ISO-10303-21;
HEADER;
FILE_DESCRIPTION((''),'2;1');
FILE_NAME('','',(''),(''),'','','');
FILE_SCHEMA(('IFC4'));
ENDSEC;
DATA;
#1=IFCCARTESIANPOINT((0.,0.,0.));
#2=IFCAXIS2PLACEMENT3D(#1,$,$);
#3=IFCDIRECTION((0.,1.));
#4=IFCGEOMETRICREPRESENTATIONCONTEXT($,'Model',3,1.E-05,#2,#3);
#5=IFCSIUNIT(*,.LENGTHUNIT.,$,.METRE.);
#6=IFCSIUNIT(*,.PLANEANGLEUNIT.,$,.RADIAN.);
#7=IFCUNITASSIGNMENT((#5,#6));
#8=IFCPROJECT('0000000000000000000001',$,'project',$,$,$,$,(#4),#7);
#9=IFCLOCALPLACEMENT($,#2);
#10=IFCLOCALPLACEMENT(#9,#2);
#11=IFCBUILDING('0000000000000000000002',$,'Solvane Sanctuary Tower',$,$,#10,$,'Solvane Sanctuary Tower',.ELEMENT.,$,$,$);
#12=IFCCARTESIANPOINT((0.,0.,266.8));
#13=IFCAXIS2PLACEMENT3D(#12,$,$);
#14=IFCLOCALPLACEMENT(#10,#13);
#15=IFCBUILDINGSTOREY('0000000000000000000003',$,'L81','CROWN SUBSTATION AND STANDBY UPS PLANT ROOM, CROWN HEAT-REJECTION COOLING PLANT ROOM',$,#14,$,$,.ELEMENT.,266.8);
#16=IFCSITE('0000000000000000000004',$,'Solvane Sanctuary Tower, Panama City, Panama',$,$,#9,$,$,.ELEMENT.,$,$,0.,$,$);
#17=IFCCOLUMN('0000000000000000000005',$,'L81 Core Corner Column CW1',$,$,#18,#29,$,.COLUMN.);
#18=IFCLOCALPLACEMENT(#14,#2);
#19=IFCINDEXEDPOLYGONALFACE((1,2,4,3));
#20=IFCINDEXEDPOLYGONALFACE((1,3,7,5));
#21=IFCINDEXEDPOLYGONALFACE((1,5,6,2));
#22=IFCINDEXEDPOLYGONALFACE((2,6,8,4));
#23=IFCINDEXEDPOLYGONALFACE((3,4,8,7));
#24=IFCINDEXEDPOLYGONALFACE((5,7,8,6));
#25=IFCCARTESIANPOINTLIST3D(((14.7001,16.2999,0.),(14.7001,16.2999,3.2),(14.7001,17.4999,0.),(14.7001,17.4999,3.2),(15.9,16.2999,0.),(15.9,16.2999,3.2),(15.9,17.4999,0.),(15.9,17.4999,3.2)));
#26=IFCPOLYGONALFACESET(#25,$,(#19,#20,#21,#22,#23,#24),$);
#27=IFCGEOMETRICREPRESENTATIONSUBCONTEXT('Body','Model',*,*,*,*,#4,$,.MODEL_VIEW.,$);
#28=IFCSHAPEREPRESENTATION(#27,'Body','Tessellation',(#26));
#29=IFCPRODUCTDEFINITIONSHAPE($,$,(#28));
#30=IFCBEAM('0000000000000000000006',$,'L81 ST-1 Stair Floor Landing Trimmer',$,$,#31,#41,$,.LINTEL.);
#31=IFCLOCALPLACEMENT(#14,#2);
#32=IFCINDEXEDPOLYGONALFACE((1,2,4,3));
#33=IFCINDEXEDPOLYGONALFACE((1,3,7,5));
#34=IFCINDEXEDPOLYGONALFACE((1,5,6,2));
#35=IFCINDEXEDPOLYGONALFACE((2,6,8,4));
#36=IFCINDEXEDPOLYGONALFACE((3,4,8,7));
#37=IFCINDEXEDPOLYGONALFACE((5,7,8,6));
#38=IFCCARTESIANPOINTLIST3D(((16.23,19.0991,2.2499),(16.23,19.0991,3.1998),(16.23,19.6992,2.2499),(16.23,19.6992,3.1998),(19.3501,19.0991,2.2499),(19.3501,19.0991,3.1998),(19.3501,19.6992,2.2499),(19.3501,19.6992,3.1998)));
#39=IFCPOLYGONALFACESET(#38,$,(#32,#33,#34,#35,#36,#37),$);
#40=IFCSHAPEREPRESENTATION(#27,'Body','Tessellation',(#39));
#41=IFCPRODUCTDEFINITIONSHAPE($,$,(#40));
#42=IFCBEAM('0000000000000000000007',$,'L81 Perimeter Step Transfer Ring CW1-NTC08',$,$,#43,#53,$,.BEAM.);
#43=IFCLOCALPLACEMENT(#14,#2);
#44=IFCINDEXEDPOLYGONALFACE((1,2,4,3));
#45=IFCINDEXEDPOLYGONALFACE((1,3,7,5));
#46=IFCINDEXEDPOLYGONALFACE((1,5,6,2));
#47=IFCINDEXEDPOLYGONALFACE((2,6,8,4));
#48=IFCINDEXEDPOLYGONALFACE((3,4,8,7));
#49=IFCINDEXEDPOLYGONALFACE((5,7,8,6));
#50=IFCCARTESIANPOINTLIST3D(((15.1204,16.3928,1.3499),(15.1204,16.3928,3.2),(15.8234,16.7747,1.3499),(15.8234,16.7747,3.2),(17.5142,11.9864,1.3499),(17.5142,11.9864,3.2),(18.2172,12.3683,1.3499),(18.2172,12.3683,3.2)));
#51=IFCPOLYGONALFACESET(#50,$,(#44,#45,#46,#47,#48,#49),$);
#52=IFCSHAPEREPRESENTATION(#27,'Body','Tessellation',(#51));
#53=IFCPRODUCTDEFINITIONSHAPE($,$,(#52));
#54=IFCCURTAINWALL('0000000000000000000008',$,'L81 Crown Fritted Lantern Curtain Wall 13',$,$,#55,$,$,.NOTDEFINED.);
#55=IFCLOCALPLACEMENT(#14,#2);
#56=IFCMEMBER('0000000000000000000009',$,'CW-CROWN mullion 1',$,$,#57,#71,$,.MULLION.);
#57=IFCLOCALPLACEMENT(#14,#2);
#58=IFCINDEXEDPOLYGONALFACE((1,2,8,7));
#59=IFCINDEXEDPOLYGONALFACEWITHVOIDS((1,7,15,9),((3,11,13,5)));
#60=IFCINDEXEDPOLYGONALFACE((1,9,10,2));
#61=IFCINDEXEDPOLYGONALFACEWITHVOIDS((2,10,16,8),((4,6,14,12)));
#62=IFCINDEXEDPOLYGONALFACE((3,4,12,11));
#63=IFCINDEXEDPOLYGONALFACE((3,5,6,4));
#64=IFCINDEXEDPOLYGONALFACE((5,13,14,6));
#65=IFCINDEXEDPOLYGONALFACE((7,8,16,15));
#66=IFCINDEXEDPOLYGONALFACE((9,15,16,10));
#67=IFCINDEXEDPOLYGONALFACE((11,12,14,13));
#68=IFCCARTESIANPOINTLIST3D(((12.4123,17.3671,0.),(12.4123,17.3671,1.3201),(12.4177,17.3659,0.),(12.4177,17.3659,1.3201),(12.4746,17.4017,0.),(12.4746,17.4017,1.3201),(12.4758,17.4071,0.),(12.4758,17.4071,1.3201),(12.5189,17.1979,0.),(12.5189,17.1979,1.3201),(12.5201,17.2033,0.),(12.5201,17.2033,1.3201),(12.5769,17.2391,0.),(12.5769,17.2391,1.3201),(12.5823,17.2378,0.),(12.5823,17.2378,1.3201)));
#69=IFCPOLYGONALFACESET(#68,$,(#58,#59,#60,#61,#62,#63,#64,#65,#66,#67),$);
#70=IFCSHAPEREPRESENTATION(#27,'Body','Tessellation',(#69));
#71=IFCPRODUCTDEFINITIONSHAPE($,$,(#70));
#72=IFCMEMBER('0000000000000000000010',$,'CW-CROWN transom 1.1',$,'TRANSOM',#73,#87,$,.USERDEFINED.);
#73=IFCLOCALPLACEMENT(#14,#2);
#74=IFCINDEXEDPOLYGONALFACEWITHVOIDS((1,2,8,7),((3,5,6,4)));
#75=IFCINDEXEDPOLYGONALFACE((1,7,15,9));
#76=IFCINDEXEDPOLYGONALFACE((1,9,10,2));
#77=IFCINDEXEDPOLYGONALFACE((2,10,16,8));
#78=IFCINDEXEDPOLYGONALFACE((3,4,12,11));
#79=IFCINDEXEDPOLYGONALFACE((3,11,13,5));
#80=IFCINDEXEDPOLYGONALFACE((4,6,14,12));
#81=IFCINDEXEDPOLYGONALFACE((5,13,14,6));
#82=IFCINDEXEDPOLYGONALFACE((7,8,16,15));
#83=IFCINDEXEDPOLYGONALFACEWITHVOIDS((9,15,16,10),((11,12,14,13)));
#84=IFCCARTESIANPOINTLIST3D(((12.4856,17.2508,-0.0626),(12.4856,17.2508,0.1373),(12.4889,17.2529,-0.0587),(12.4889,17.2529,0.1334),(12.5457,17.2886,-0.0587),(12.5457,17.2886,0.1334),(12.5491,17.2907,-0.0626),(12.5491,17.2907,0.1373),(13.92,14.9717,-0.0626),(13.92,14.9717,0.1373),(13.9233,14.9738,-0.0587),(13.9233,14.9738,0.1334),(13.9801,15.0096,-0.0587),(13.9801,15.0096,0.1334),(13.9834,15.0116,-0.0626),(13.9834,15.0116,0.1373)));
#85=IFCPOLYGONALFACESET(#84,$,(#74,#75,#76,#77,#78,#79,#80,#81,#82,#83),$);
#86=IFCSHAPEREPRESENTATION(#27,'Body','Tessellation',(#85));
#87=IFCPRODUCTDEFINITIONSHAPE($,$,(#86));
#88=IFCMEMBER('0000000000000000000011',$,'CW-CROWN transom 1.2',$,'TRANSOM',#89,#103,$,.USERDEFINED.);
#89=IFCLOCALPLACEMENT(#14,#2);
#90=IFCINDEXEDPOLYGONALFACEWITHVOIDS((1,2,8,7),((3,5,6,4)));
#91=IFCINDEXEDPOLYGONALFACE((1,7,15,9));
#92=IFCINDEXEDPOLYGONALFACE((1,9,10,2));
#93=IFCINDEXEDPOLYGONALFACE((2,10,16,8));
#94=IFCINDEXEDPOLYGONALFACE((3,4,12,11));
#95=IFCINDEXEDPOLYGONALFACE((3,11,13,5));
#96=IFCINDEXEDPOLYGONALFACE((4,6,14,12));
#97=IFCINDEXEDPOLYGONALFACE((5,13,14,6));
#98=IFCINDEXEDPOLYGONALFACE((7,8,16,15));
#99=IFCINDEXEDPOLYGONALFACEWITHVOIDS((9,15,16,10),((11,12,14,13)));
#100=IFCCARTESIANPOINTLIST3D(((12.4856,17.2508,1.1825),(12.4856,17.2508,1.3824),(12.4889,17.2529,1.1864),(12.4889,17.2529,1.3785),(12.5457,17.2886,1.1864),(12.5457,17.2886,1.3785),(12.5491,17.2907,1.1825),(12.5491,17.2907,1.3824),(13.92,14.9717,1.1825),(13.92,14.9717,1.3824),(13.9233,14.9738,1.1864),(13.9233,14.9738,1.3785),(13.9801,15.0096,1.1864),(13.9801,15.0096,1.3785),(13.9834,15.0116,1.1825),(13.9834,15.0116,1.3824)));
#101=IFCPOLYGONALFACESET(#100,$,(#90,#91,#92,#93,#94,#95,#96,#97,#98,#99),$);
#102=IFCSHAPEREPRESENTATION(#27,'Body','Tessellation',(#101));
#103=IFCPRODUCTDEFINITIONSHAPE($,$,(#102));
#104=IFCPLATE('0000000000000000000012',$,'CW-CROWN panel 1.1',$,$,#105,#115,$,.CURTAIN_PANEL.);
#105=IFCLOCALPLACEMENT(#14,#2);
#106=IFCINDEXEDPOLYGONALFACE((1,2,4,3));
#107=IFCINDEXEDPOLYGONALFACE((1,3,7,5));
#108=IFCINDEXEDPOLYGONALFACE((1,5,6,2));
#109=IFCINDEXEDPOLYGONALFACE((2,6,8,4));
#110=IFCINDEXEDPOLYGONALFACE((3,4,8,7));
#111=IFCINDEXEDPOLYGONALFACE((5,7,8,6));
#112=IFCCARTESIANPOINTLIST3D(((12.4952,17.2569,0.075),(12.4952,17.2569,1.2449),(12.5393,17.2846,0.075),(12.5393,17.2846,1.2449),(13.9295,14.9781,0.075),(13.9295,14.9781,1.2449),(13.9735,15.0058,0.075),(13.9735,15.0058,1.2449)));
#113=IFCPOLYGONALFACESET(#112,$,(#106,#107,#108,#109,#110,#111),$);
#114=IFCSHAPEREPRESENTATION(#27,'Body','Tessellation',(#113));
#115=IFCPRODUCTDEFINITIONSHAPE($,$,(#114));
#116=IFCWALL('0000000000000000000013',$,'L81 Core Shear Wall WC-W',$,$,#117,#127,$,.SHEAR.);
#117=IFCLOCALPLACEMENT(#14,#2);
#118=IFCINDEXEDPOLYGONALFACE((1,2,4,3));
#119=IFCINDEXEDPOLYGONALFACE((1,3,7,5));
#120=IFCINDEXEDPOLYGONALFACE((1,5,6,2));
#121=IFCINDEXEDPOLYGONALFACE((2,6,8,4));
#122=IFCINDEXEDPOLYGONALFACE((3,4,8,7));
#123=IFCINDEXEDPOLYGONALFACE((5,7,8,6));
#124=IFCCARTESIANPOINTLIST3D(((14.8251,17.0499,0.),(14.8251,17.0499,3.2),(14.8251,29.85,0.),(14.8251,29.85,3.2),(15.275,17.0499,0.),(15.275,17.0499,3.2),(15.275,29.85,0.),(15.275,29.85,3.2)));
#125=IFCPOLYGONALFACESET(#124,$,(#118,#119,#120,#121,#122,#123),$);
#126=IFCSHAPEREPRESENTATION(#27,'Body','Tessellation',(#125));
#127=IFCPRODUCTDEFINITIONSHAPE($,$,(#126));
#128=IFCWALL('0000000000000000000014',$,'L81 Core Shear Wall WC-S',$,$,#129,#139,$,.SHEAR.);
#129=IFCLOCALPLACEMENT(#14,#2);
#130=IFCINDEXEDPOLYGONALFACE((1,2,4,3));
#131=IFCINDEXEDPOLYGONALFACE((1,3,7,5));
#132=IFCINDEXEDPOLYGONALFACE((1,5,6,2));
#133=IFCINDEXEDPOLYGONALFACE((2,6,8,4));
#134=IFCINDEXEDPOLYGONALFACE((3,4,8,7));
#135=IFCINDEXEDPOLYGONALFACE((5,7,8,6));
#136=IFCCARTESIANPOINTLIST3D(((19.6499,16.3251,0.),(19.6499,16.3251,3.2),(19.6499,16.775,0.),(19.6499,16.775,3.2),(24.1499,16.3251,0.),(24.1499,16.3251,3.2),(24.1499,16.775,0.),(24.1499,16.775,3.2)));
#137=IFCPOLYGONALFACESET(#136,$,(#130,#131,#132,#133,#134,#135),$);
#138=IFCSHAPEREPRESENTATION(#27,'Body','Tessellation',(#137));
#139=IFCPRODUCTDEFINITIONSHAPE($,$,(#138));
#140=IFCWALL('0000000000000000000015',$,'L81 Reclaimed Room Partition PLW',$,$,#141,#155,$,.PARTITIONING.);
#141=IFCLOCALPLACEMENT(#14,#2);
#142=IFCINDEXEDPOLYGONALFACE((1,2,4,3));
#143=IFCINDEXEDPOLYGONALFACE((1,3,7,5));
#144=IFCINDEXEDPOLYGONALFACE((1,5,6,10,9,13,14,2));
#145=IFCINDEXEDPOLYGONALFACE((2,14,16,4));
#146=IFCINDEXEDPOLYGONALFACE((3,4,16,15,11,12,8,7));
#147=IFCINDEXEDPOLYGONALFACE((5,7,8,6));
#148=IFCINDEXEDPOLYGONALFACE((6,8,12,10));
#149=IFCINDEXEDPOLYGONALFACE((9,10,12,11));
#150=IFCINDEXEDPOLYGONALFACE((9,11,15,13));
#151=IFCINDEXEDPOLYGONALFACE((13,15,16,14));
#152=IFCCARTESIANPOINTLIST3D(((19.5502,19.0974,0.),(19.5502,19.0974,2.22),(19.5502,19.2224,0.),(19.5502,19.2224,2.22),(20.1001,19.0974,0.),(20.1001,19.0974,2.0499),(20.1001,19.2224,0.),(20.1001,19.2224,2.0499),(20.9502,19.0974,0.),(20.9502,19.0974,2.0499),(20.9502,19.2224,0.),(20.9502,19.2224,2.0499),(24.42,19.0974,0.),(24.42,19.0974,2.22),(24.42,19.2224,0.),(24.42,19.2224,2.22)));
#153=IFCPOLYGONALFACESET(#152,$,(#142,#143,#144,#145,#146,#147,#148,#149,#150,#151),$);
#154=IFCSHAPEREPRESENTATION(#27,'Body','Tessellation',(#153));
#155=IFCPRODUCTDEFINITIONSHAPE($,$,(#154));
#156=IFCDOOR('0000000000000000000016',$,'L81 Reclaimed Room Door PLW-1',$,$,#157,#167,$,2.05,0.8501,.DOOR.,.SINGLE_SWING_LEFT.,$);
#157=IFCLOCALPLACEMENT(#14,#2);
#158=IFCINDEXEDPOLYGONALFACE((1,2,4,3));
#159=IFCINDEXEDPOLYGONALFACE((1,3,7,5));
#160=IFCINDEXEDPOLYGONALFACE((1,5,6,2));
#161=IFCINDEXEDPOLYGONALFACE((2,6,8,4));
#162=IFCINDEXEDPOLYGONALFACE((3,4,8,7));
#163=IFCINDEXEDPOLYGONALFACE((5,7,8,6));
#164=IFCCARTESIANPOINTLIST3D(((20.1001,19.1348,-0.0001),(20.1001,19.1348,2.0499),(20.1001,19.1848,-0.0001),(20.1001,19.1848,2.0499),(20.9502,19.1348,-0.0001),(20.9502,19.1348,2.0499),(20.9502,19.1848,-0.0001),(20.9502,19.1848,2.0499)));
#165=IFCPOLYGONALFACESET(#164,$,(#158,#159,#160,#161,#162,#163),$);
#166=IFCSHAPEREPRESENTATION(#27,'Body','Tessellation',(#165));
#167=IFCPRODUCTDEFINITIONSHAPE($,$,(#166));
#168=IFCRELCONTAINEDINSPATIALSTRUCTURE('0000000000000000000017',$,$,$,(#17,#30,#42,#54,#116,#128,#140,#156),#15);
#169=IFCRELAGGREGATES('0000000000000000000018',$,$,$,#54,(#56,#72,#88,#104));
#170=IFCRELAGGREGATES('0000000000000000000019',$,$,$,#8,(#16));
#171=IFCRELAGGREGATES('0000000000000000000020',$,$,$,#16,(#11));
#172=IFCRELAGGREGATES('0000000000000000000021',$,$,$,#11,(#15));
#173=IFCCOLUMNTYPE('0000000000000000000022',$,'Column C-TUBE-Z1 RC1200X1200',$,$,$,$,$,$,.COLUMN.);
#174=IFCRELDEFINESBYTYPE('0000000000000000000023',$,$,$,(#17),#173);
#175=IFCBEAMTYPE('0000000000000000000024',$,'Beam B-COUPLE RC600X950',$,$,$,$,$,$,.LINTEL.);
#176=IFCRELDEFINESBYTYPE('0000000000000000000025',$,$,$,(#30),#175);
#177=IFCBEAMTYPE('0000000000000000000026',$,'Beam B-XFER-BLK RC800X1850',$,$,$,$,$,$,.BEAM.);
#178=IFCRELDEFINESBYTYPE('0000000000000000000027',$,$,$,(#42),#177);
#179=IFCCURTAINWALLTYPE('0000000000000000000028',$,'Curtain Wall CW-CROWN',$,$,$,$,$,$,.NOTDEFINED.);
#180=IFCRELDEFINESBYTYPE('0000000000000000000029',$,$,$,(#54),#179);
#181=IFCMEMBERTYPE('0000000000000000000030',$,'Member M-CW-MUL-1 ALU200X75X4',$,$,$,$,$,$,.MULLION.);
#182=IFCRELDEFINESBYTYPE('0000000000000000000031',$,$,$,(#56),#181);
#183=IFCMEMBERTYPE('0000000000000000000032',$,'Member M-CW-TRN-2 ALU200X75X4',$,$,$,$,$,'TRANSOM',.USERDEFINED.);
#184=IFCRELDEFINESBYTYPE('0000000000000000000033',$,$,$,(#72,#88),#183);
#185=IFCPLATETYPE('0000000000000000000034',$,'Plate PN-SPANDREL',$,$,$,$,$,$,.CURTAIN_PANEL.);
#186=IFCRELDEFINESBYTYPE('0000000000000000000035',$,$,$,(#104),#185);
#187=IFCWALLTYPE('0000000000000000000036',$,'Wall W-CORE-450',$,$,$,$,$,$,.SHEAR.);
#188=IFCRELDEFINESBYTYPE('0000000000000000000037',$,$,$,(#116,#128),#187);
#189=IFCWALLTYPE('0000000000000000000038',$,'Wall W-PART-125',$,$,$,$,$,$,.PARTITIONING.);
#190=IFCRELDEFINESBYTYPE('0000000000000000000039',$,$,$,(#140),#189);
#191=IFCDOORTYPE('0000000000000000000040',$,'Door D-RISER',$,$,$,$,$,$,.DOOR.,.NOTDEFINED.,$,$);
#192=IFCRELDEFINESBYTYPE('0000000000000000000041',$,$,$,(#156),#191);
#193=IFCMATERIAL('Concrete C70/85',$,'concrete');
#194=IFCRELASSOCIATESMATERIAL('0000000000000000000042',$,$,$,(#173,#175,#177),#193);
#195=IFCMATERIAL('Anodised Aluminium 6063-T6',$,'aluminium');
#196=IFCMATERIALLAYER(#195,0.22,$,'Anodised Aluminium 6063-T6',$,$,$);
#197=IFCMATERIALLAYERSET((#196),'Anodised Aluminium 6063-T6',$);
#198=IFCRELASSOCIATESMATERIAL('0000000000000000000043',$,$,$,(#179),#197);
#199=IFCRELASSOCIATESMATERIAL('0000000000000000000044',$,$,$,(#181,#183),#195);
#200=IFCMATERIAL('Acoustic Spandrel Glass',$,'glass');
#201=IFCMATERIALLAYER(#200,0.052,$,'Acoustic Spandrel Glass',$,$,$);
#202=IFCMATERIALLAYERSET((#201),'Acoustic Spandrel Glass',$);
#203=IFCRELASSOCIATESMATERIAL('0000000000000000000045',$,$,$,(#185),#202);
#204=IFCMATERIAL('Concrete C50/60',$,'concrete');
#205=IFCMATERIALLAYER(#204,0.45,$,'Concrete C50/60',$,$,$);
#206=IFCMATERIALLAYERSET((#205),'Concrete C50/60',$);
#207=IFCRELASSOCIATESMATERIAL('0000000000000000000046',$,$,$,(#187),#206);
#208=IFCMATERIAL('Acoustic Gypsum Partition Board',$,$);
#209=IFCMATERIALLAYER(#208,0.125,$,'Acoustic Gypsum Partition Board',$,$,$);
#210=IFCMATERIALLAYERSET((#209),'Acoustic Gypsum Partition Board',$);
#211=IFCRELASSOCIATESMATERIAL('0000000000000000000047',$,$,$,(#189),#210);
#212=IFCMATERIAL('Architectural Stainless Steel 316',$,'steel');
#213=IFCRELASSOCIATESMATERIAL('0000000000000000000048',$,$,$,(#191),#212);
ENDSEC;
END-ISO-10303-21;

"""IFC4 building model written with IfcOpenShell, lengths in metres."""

from ifc_helpers import new_model, si_unit, direction, frame, frame_2d, origin, origin_2d, place, context, subcontext, project, spatial, rectangle, hollow_rectangle, extrude, material, layer, layer_set, material_profile, profile_set, type_object, element, fill, aggregate, save


model = new_model("IFC4")

# Units and contexts
model_context = context("Model", 3, precision=1e-05, world=origin(), true_north=direction((0.0, 1.0)))
body_context = subcontext(model_context, "Body", "Model", "MODEL_VIEW")
ifc_project = project(units=[si_unit("LENGTHUNIT", "METRE"), si_unit("PLANEANGLEUNIT", "RADIAN")], contexts=[model_context])

# Site, building, storey
site_placement = place(None, origin())
site = spatial("IfcSite", under=ifc_project, at=site_placement, Name="Solvane Sanctuary Tower, Panama City, Panama", CompositionType="ELEMENT", RefElevation=0.0)
building_placement = place(site_placement, origin())
building = spatial("IfcBuilding", under=site, at=building_placement, Name="Solvane Sanctuary Tower", LongName="Solvane Sanctuary Tower", CompositionType="ELEMENT")
storey_placement = place(building_placement, frame((0.0, 0.0, 266.8)))
storey = spatial("IfcBuildingStorey", under=building, at=storey_placement, Name="L81", Description="CROWN SUBSTATION AND STANDBY UPS PLANT ROOM, CROWN HEAT-REJECTION COOLING PLANT ROOM", CompositionType="ELEMENT", Elevation=266.8)

# Column
ifc_material_1 = material(Name="Concrete C70/85", Category="concrete")
ifc_material_profile_1 = material_profile(ifc_material_1, rectangle(XDim=1.2, YDim=1.2, at=origin_2d()), Name="RC1200X1200")
ifc_profile_set_1 = profile_set([ifc_material_profile_1], Name="Concrete C70/85")
column_type = type_object("IfcColumnType", Name="Column C-TUBE-Z1 RC1200X1200", PredefinedType="COLUMN", material=ifc_profile_set_1)
column_placement = place(storey_placement, frame((15.3, 16.8999, 0.0), z_axis=(0.0, 0.0, 1.0), x_axis=(1.0, 0.0, 0.0)))
element("IfcColumn", 1, at=column_placement, inside=storey, type_object=column_type, Name="L81 Core Corner Column CW1", PredefinedType="COLUMN", context=body_context, shape_type="SweptSolid", body=[
    extrude(rectangle(XDim=1.2, YDim=1.2, at=origin_2d()), origin(), (0.0, 0.0, 1.0), 3.2),
])

# Beams
ifc_material_profile_2 = material_profile(ifc_material_1, rectangle(XDim=0.6001, YDim=0.95, at=origin_2d()), Name="RC600X950")
ifc_profile_set_2 = profile_set([ifc_material_profile_2], Name="Concrete C70/85")
beam_type_1 = type_object("IfcBeamType", Name="Beam B-COUPLE RC600X950", PredefinedType="LINTEL", material=ifc_profile_set_2)
beam_1_placement = place(storey_placement, frame((16.23, 19.3992, 2.7249), z_axis=(1.0, 0.0, 0.0), x_axis=(0.0, 1.0, 0.0)))
element("IfcBeam", 2, at=beam_1_placement, inside=storey, type_object=beam_type_1, Name="L81 ST-1 Stair Floor Landing Trimmer", PredefinedType="LINTEL", context=body_context, shape_type="SweptSolid", body=[
    extrude(rectangle(XDim=0.6001, YDim=0.95, at=origin_2d()), origin(), (0.0, 0.0, 1.0), 3.1201),
])
ifc_material_profile_3 = material_profile(ifc_material_1, rectangle(XDim=0.8, YDim=1.8501, at=origin_2d()), Name="RC800X1850")
ifc_profile_set_3 = profile_set([ifc_material_profile_3], Name="Concrete C70/85")
beam_type_2 = type_object("IfcBeamType", Name="Beam B-XFER-BLK RC800X1850", PredefinedType="BEAM", material=ifc_profile_set_3)
beam_2_placement = place(storey_placement, frame((15.4719, 16.5837, 2.2749), z_axis=(0.477354, -0.878711, 0.0), x_axis=(0.878711, 0.477354, 0.0)))
element("IfcBeam", 3, at=beam_2_placement, inside=storey, type_object=beam_type_2, Name="L81 Perimeter Step Transfer Ring CW1-NTC08", PredefinedType="BEAM", context=body_context, shape_type="SweptSolid", body=[
    extrude(rectangle(XDim=0.8, YDim=1.8501, at=origin_2d()), origin(), (0.0, 0.0, 1.0), 5.0146),
])

# Curtain wall, members, plate
ifc_material_2 = material(Name="Anodised Aluminium 6063-T6", Category="aluminium")
ifc_layer_1 = layer(ifc_material_2, 0.22, Name="Anodised Aluminium 6063-T6")
ifc_layer_set_1 = layer_set([ifc_layer_1], Name="Anodised Aluminium 6063-T6")
curtain_wall_type = type_object("IfcCurtainWallType", Name="Curtain Wall CW-CROWN", PredefinedType="NOTDEFINED", material=ifc_layer_set_1)
curtain_wall_placement = place(storey_placement, origin())
curtain_wall = element("IfcCurtainWall", 4, at=curtain_wall_placement, inside=storey, type_object=curtain_wall_type, Name="L81 Crown Fritted Lantern Curtain Wall 13", PredefinedType="NOTDEFINED")
ifc_material_profile_4 = material_profile(ifc_material_2, hollow_rectangle(XDim=0.075, YDim=0.2, WallThickness=0.0039, at=origin_2d()), Name="ALU200X75X4")
ifc_profile_set_4 = profile_set([ifc_material_profile_4], Name="Anodised Aluminium 6063-T6")
member_type_1 = type_object("IfcMemberType", Name="Member M-CW-MUL-1 ALU200X75X4", PredefinedType="MULLION", material=ifc_profile_set_4)
member_1_placement = place(storey_placement, frame((12.4973, 17.3025, 0.0), z_axis=(0.0, 0.0, 1.0), x_axis=(0.846332, 0.532656, 0.0)))
member_1 = element("IfcMember", 5, at=member_1_placement, type_object=member_type_1, Name="CW-CROWN mullion 1", PredefinedType="MULLION", context=body_context, shape_type="SweptSolid", body=[
    extrude(hollow_rectangle(XDim=0.075, YDim=0.2, WallThickness=0.0039, at=origin_2d()), origin(), (0.0, 0.0, 1.0), 1.3201),
])
ifc_material_profile_5 = material_profile(ifc_material_2, hollow_rectangle(XDim=0.075, YDim=0.2, WallThickness=0.0039, at=origin_2d()), Name="ALU200X75X4")
ifc_profile_set_5 = profile_set([ifc_material_profile_5], Name="Anodised Aluminium 6063-T6")
member_type_2 = type_object("IfcMemberType", Name="Member M-CW-TRN-2 ALU200X75X4", ElementType="TRANSOM", PredefinedType="USERDEFINED", material=ifc_profile_set_5)
member_2_placement = place(storey_placement, frame((12.5173, 17.2708, 0.0374), z_axis=(0.532645, -0.846339, 0.0), x_axis=(0.846339, 0.532645, 0.0)))
member_2 = element("IfcMember", 6, at=member_2_placement, type_object=member_type_2, Name="CW-CROWN transom 1.1", ObjectType="TRANSOM", PredefinedType="USERDEFINED", context=body_context, shape_type="SweptSolid", body=[
    extrude(hollow_rectangle(XDim=0.075, YDim=0.2, WallThickness=0.0039, at=origin_2d()), origin(), (0.0, 0.0, 1.0), 2.6929),
])
member_3_placement = place(storey_placement, frame((12.5173, 17.2708, 1.2825), z_axis=(0.532645, -0.846339, 0.0), x_axis=(0.846339, 0.532645, 0.0)))
member_3 = element("IfcMember", 7, at=member_3_placement, type_object=member_type_2, Name="CW-CROWN transom 1.2", ObjectType="TRANSOM", PredefinedType="USERDEFINED", context=body_context, shape_type="SweptSolid", body=[
    extrude(hollow_rectangle(XDim=0.075, YDim=0.2, WallThickness=0.0039, at=origin_2d()), origin(), (0.0, 0.0, 1.0), 2.6929),
])
ifc_material_3 = material(Name="Acoustic Spandrel Glass", Category="glass")
ifc_layer_2 = layer(ifc_material_3, 0.052, Name="Acoustic Spandrel Glass")
ifc_layer_set_2 = layer_set([ifc_layer_2], Name="Acoustic Spandrel Glass")
plate_type = type_object("IfcPlateType", Name="Plate PN-SPANDREL", PredefinedType="CURTAIN_PANEL", material=ifc_layer_set_2)
plate_placement = place(storey_placement, frame((13.2344, 16.1313, 0.075), z_axis=(0.0, 0.0, 1.0), x_axis=(0.532656, -0.846332, 0.0)))
plate = element("IfcPlate", 8, at=plate_placement, type_object=plate_type, Name="CW-CROWN panel 1.1", PredefinedType="CURTAIN_PANEL", context=body_context, shape_type="SweptSolid", body=[
    extrude(rectangle(XDim=2.6926, YDim=0.052, at=origin_2d()), origin(), (0.0, 0.0, 1.0), 1.1699),
])
aggregate(curtain_wall, [member_1, member_2, member_3, plate])

# Walls
ifc_material_4 = material(Name="Concrete C50/60", Category="concrete")
ifc_layer_3 = layer(ifc_material_4, 0.45, Name="Concrete C50/60")
ifc_layer_set_3 = layer_set([ifc_layer_3], Name="Concrete C50/60")
wall_type_1 = type_object("IfcWallType", Name="Wall W-CORE-450", PredefinedType="SHEAR", material=ifc_layer_set_3)
wall_1_placement = place(storey_placement, frame((15.05, 17.05, 0.0), z_axis=(0.0, 0.0, 1.0), x_axis=(0.0, 1.0, 0.0)))
element("IfcWall", 9, at=wall_1_placement, inside=storey, type_object=wall_type_1, Name="L81 Core Shear Wall WC-W", PredefinedType="SHEAR", context=body_context, shape_type="SweptSolid", body=[
    extrude(rectangle(XDim=12.8, YDim=0.45, at=frame_2d((6.3999, 0.0))), origin(), (0.0, 0.0, 1.0), 3.2),
])
wall_2_placement = place(storey_placement, frame((19.6499, 16.55, 0.0), z_axis=(0.0, 0.0, 1.0), x_axis=(1.0, 0.0, 0.0)))
element("IfcWall", 10, at=wall_2_placement, inside=storey, type_object=wall_type_1, Name="L81 Core Shear Wall WC-S", PredefinedType="SHEAR", context=body_context, shape_type="SweptSolid", body=[
    extrude(rectangle(XDim=4.5, YDim=0.45, at=frame_2d((2.25, 0.0))), origin(), (0.0, 0.0, 1.0), 3.2),
])

# Wall, opening, door
ifc_material_5 = material(Name="Acoustic Gypsum Partition Board")
ifc_layer_4 = layer(ifc_material_5, 0.125, Name="Acoustic Gypsum Partition Board")
ifc_layer_set_4 = layer_set([ifc_layer_4], Name="Acoustic Gypsum Partition Board")
wall_type_2 = type_object("IfcWallType", Name="Wall W-PART-125", PredefinedType="PARTITIONING", material=ifc_layer_set_4)
wall_3_placement = place(storey_placement, frame((19.55, 19.1599, 0.0), z_axis=(0.0, 0.0, 1.0), x_axis=(1.0, 0.0, 0.0)))
wall_3 = element("IfcWall", 11, at=wall_3_placement, inside=storey, type_object=wall_type_2, Name="L81 Reclaimed Room Partition PLW", PredefinedType="PARTITIONING", context=body_context, shape_type="SweptSolid", body=[
    extrude(rectangle(XDim=4.8699, YDim=0.125, at=frame_2d((2.4351, 0.0))), origin(), (0.0, 0.0, 1.0), 2.22),
])
opening_1_placement = place(wall_3_placement, frame((0.55, 0.0, 0.0)))
opening_1 = element("IfcOpeningElement", 12, at=opening_1_placement, cuts=wall_3, PredefinedType="OPENING", context=body_context, shape_type="SweptSolid", body=[
    extrude(rectangle(XDim=0.8501, YDim=2.05, at=frame_2d((0.425, 1.0249))), frame((0.0, 0.0725, 0.0), z_axis=(0.0, -1.0, 0.0), x_axis=(1.0, 0.0, 0.0)), (0.0, 0.0, 1.0), 0.145),
])
ifc_material_6 = material(Name="Architectural Stainless Steel 316", Category="steel")
door_type_1 = type_object("IfcDoorType", Name="Door D-RISER", OperationType="NOTDEFINED", PredefinedType="DOOR", material=ifc_material_6)
door_1_placement = place(opening_1_placement, origin())
door_1 = element("IfcDoor", 13, at=door_1_placement, inside=storey, type_object=door_type_1, Name="L81 Reclaimed Room Door PLW-1", OperationType="SINGLE_SWING_LEFT", OverallHeight=2.05, OverallWidth=0.8501, PredefinedType="DOOR", context=body_context, shape_type="SweptSolid", body=[
    extrude(rectangle(XDim=0.8501, YDim=2.05, at=frame_2d((0.425, 1.0249))), frame((0.0, 0.0249, 0.0), z_axis=(0.0, -1.0, 0.0), x_axis=(1.0, 0.0, 0.0)), (0.0, 0.0, 1.0), 0.05),
])
fill(opening_1, door_1)

save(model, "model.ifc")
